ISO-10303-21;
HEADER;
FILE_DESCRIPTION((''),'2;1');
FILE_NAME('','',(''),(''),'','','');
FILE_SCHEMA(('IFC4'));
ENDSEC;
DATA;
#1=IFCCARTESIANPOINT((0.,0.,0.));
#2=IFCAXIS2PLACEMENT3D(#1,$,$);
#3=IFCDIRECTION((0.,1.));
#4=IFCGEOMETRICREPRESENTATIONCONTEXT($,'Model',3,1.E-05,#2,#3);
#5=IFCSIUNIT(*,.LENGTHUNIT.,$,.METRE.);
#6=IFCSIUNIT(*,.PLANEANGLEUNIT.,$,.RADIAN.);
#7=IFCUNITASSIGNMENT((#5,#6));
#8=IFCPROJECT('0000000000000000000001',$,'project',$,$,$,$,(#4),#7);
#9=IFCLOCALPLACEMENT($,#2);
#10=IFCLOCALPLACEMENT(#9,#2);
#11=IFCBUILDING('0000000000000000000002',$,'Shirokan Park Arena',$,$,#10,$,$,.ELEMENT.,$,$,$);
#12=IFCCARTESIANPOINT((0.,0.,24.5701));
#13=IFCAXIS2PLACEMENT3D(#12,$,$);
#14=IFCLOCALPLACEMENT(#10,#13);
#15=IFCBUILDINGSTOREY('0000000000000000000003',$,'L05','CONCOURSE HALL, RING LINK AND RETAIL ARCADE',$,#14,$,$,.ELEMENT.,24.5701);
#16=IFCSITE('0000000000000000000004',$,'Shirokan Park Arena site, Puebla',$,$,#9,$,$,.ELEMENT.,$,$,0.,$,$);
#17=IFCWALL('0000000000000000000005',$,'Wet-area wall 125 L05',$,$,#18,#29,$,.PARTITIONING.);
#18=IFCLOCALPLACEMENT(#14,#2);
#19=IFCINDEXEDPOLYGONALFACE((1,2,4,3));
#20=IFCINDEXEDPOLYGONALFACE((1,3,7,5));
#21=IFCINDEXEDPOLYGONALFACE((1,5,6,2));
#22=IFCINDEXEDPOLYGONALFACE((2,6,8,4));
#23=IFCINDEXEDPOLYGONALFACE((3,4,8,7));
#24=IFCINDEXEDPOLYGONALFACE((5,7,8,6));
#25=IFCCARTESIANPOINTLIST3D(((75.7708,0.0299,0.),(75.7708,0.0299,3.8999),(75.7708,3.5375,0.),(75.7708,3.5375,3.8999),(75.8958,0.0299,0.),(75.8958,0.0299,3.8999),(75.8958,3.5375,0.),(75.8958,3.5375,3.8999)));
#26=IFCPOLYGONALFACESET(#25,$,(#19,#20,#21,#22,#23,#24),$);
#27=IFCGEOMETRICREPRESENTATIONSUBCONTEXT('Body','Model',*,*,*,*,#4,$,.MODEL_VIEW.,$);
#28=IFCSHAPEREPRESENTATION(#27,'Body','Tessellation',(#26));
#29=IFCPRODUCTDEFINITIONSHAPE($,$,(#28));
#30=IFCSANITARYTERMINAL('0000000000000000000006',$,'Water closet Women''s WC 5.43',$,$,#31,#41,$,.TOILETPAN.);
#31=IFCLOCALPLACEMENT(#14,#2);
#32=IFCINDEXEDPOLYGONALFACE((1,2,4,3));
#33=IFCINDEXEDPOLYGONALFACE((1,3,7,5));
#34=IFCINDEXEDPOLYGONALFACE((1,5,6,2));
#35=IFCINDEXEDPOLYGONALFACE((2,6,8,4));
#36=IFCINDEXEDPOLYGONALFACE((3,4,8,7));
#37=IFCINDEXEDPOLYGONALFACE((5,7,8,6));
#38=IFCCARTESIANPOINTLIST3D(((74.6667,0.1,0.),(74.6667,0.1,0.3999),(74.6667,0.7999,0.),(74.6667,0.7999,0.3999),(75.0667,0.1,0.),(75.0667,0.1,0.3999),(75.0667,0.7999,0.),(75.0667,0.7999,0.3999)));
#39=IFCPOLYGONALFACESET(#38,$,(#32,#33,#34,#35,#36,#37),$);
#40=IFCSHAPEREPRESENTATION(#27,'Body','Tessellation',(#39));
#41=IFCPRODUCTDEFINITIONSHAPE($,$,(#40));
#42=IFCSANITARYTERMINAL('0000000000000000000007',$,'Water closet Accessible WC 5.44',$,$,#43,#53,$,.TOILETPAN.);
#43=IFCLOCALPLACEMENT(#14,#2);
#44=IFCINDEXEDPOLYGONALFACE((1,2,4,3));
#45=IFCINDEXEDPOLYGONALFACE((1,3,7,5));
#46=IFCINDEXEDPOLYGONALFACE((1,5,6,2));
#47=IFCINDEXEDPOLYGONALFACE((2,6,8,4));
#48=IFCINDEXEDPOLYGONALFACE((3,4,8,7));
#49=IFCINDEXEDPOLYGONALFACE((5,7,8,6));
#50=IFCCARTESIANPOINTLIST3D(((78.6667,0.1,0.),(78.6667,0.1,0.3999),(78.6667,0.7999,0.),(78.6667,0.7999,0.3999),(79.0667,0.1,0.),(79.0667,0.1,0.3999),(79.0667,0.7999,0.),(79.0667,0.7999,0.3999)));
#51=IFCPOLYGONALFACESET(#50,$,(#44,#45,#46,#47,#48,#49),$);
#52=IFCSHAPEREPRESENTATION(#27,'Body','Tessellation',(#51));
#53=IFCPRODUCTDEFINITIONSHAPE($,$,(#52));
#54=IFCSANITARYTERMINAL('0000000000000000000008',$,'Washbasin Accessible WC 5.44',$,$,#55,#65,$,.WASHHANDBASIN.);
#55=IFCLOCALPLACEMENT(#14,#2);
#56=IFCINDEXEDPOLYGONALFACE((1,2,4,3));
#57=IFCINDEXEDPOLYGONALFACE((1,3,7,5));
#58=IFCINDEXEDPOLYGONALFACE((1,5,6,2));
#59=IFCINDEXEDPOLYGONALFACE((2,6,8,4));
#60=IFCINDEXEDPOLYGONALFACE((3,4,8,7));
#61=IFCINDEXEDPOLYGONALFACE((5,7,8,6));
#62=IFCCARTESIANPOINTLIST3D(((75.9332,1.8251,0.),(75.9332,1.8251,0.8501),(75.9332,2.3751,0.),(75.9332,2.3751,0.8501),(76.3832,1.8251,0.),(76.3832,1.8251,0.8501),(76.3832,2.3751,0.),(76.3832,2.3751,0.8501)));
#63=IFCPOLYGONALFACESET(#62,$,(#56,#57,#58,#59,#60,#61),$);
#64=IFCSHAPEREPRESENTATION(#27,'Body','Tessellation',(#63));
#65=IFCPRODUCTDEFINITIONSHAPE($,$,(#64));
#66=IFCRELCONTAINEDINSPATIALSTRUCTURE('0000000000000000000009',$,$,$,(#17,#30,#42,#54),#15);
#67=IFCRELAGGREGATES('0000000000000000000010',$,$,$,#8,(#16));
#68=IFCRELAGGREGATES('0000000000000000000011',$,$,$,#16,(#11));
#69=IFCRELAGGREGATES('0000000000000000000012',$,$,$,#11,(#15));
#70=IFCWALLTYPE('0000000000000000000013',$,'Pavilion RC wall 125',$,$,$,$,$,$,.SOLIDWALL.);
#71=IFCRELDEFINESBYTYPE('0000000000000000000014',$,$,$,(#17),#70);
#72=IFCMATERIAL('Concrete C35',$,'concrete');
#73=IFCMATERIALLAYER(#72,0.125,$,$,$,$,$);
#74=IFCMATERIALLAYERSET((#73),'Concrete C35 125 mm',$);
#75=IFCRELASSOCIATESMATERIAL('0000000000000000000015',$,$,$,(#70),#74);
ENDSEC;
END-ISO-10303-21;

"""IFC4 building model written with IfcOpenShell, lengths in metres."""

from ifc_helpers import new_model, si_unit, direction, frame, frame_2d, origin, origin_2d, place, context, subcontext, project, spatial, rectangle, extrude, material, layer, layer_set, type_object, element, save


model = new_model("IFC4")

# Units and contexts
model_context = context("Model", 3, precision=1e-05, world=origin(), true_north=direction((0.0, 1.0)))
body_context = subcontext(model_context, "Body", "Model", "MODEL_VIEW")
ifc_project = project(units=[si_unit("LENGTHUNIT", "METRE"), si_unit("PLANEANGLEUNIT", "RADIAN")], contexts=[model_context])

# Site, building, storey
site_placement = place(None, origin())
site = spatial("IfcSite", under=ifc_project, at=site_placement, Name="Shirokan Park Arena site, Puebla", CompositionType="ELEMENT", RefElevation=0.0)
building_placement = place(site_placement, origin())
building = spatial("IfcBuilding", under=site, at=building_placement, Name="Shirokan Park Arena", CompositionType="ELEMENT")
storey_placement = place(building_placement, frame((0.0, 0.0, 24.5701)))
storey = spatial("IfcBuildingStorey", under=building, at=storey_placement, Name="L05", Description="CONCOURSE HALL, RING LINK AND RETAIL ARCADE", CompositionType="ELEMENT", Elevation=24.5701)

# Wall
ifc_material_1 = material(Name="Concrete C35", Category="concrete")
ifc_layer_1 = layer(ifc_material_1, 0.125)
ifc_layer_set_1 = layer_set([ifc_layer_1], Name="Concrete C35 125 mm")
wall_type = type_object("IfcWallType", Name="Pavilion RC wall 125", PredefinedType="SOLIDWALL", material=ifc_layer_set_1)
wall_placement = place(storey_placement, frame((75.8333, 3.5376, 0.0), z_axis=(0.0, 0.0, 1.0), x_axis=(0.0, -1.0, 0.0)))
element("IfcWall", 1, at=wall_placement, inside=storey, type_object=wall_type, Name="Wet-area wall 125 L05", PredefinedType="PARTITIONING", context=body_context, shape_type="SweptSolid", body=[
    extrude(rectangle(XDim=3.5076, YDim=0.125, at=frame_2d((1.7539, 0.0))), origin(), (0.0, 0.0, 1.0), 3.8999),
])

# Sanitary terminals
for number, where, z_axis, x_axis, name in (
    (2, (74.8667, 0.45, 0.0), (0.0, 0.0, 1.0), (1.0, 0.0, 0.0), "Water closet Women's WC 5.43"),
    (3, (78.8667, 0.45, 0.0), (0.0, 0.0, 1.0), (1.0, 0.0, 0.0), "Water closet Accessible WC 5.44"),
):
    element("IfcSanitaryTerminal", number, at=place(storey_placement, frame(where, z_axis=z_axis, x_axis=x_axis)), inside=storey, Name=name, PredefinedType="TOILETPAN", context=body_context, shape_type="SweptSolid", body=[
        extrude(rectangle(XDim=0.3999, YDim=0.7, at=origin_2d()), origin(), (0.0, 0.0, 1.0), 0.3999),
    ])
sanitary_terminal_placement = place(storey_placement, frame((76.1582, 2.1001, 0.0), z_axis=(0.0, 0.0, 1.0), x_axis=(1.0, 0.0, 0.0)))
element("IfcSanitaryTerminal", 4, at=sanitary_terminal_placement, inside=storey, Name="Washbasin Accessible WC 5.44", PredefinedType="WASHHANDBASIN", context=body_context, shape_type="SweptSolid", body=[
    extrude(rectangle(XDim=0.45, YDim=0.55, at=origin_2d()), origin(), (0.0, 0.0, 1.0), 0.8501),
])

save(model, "model.ifc")
